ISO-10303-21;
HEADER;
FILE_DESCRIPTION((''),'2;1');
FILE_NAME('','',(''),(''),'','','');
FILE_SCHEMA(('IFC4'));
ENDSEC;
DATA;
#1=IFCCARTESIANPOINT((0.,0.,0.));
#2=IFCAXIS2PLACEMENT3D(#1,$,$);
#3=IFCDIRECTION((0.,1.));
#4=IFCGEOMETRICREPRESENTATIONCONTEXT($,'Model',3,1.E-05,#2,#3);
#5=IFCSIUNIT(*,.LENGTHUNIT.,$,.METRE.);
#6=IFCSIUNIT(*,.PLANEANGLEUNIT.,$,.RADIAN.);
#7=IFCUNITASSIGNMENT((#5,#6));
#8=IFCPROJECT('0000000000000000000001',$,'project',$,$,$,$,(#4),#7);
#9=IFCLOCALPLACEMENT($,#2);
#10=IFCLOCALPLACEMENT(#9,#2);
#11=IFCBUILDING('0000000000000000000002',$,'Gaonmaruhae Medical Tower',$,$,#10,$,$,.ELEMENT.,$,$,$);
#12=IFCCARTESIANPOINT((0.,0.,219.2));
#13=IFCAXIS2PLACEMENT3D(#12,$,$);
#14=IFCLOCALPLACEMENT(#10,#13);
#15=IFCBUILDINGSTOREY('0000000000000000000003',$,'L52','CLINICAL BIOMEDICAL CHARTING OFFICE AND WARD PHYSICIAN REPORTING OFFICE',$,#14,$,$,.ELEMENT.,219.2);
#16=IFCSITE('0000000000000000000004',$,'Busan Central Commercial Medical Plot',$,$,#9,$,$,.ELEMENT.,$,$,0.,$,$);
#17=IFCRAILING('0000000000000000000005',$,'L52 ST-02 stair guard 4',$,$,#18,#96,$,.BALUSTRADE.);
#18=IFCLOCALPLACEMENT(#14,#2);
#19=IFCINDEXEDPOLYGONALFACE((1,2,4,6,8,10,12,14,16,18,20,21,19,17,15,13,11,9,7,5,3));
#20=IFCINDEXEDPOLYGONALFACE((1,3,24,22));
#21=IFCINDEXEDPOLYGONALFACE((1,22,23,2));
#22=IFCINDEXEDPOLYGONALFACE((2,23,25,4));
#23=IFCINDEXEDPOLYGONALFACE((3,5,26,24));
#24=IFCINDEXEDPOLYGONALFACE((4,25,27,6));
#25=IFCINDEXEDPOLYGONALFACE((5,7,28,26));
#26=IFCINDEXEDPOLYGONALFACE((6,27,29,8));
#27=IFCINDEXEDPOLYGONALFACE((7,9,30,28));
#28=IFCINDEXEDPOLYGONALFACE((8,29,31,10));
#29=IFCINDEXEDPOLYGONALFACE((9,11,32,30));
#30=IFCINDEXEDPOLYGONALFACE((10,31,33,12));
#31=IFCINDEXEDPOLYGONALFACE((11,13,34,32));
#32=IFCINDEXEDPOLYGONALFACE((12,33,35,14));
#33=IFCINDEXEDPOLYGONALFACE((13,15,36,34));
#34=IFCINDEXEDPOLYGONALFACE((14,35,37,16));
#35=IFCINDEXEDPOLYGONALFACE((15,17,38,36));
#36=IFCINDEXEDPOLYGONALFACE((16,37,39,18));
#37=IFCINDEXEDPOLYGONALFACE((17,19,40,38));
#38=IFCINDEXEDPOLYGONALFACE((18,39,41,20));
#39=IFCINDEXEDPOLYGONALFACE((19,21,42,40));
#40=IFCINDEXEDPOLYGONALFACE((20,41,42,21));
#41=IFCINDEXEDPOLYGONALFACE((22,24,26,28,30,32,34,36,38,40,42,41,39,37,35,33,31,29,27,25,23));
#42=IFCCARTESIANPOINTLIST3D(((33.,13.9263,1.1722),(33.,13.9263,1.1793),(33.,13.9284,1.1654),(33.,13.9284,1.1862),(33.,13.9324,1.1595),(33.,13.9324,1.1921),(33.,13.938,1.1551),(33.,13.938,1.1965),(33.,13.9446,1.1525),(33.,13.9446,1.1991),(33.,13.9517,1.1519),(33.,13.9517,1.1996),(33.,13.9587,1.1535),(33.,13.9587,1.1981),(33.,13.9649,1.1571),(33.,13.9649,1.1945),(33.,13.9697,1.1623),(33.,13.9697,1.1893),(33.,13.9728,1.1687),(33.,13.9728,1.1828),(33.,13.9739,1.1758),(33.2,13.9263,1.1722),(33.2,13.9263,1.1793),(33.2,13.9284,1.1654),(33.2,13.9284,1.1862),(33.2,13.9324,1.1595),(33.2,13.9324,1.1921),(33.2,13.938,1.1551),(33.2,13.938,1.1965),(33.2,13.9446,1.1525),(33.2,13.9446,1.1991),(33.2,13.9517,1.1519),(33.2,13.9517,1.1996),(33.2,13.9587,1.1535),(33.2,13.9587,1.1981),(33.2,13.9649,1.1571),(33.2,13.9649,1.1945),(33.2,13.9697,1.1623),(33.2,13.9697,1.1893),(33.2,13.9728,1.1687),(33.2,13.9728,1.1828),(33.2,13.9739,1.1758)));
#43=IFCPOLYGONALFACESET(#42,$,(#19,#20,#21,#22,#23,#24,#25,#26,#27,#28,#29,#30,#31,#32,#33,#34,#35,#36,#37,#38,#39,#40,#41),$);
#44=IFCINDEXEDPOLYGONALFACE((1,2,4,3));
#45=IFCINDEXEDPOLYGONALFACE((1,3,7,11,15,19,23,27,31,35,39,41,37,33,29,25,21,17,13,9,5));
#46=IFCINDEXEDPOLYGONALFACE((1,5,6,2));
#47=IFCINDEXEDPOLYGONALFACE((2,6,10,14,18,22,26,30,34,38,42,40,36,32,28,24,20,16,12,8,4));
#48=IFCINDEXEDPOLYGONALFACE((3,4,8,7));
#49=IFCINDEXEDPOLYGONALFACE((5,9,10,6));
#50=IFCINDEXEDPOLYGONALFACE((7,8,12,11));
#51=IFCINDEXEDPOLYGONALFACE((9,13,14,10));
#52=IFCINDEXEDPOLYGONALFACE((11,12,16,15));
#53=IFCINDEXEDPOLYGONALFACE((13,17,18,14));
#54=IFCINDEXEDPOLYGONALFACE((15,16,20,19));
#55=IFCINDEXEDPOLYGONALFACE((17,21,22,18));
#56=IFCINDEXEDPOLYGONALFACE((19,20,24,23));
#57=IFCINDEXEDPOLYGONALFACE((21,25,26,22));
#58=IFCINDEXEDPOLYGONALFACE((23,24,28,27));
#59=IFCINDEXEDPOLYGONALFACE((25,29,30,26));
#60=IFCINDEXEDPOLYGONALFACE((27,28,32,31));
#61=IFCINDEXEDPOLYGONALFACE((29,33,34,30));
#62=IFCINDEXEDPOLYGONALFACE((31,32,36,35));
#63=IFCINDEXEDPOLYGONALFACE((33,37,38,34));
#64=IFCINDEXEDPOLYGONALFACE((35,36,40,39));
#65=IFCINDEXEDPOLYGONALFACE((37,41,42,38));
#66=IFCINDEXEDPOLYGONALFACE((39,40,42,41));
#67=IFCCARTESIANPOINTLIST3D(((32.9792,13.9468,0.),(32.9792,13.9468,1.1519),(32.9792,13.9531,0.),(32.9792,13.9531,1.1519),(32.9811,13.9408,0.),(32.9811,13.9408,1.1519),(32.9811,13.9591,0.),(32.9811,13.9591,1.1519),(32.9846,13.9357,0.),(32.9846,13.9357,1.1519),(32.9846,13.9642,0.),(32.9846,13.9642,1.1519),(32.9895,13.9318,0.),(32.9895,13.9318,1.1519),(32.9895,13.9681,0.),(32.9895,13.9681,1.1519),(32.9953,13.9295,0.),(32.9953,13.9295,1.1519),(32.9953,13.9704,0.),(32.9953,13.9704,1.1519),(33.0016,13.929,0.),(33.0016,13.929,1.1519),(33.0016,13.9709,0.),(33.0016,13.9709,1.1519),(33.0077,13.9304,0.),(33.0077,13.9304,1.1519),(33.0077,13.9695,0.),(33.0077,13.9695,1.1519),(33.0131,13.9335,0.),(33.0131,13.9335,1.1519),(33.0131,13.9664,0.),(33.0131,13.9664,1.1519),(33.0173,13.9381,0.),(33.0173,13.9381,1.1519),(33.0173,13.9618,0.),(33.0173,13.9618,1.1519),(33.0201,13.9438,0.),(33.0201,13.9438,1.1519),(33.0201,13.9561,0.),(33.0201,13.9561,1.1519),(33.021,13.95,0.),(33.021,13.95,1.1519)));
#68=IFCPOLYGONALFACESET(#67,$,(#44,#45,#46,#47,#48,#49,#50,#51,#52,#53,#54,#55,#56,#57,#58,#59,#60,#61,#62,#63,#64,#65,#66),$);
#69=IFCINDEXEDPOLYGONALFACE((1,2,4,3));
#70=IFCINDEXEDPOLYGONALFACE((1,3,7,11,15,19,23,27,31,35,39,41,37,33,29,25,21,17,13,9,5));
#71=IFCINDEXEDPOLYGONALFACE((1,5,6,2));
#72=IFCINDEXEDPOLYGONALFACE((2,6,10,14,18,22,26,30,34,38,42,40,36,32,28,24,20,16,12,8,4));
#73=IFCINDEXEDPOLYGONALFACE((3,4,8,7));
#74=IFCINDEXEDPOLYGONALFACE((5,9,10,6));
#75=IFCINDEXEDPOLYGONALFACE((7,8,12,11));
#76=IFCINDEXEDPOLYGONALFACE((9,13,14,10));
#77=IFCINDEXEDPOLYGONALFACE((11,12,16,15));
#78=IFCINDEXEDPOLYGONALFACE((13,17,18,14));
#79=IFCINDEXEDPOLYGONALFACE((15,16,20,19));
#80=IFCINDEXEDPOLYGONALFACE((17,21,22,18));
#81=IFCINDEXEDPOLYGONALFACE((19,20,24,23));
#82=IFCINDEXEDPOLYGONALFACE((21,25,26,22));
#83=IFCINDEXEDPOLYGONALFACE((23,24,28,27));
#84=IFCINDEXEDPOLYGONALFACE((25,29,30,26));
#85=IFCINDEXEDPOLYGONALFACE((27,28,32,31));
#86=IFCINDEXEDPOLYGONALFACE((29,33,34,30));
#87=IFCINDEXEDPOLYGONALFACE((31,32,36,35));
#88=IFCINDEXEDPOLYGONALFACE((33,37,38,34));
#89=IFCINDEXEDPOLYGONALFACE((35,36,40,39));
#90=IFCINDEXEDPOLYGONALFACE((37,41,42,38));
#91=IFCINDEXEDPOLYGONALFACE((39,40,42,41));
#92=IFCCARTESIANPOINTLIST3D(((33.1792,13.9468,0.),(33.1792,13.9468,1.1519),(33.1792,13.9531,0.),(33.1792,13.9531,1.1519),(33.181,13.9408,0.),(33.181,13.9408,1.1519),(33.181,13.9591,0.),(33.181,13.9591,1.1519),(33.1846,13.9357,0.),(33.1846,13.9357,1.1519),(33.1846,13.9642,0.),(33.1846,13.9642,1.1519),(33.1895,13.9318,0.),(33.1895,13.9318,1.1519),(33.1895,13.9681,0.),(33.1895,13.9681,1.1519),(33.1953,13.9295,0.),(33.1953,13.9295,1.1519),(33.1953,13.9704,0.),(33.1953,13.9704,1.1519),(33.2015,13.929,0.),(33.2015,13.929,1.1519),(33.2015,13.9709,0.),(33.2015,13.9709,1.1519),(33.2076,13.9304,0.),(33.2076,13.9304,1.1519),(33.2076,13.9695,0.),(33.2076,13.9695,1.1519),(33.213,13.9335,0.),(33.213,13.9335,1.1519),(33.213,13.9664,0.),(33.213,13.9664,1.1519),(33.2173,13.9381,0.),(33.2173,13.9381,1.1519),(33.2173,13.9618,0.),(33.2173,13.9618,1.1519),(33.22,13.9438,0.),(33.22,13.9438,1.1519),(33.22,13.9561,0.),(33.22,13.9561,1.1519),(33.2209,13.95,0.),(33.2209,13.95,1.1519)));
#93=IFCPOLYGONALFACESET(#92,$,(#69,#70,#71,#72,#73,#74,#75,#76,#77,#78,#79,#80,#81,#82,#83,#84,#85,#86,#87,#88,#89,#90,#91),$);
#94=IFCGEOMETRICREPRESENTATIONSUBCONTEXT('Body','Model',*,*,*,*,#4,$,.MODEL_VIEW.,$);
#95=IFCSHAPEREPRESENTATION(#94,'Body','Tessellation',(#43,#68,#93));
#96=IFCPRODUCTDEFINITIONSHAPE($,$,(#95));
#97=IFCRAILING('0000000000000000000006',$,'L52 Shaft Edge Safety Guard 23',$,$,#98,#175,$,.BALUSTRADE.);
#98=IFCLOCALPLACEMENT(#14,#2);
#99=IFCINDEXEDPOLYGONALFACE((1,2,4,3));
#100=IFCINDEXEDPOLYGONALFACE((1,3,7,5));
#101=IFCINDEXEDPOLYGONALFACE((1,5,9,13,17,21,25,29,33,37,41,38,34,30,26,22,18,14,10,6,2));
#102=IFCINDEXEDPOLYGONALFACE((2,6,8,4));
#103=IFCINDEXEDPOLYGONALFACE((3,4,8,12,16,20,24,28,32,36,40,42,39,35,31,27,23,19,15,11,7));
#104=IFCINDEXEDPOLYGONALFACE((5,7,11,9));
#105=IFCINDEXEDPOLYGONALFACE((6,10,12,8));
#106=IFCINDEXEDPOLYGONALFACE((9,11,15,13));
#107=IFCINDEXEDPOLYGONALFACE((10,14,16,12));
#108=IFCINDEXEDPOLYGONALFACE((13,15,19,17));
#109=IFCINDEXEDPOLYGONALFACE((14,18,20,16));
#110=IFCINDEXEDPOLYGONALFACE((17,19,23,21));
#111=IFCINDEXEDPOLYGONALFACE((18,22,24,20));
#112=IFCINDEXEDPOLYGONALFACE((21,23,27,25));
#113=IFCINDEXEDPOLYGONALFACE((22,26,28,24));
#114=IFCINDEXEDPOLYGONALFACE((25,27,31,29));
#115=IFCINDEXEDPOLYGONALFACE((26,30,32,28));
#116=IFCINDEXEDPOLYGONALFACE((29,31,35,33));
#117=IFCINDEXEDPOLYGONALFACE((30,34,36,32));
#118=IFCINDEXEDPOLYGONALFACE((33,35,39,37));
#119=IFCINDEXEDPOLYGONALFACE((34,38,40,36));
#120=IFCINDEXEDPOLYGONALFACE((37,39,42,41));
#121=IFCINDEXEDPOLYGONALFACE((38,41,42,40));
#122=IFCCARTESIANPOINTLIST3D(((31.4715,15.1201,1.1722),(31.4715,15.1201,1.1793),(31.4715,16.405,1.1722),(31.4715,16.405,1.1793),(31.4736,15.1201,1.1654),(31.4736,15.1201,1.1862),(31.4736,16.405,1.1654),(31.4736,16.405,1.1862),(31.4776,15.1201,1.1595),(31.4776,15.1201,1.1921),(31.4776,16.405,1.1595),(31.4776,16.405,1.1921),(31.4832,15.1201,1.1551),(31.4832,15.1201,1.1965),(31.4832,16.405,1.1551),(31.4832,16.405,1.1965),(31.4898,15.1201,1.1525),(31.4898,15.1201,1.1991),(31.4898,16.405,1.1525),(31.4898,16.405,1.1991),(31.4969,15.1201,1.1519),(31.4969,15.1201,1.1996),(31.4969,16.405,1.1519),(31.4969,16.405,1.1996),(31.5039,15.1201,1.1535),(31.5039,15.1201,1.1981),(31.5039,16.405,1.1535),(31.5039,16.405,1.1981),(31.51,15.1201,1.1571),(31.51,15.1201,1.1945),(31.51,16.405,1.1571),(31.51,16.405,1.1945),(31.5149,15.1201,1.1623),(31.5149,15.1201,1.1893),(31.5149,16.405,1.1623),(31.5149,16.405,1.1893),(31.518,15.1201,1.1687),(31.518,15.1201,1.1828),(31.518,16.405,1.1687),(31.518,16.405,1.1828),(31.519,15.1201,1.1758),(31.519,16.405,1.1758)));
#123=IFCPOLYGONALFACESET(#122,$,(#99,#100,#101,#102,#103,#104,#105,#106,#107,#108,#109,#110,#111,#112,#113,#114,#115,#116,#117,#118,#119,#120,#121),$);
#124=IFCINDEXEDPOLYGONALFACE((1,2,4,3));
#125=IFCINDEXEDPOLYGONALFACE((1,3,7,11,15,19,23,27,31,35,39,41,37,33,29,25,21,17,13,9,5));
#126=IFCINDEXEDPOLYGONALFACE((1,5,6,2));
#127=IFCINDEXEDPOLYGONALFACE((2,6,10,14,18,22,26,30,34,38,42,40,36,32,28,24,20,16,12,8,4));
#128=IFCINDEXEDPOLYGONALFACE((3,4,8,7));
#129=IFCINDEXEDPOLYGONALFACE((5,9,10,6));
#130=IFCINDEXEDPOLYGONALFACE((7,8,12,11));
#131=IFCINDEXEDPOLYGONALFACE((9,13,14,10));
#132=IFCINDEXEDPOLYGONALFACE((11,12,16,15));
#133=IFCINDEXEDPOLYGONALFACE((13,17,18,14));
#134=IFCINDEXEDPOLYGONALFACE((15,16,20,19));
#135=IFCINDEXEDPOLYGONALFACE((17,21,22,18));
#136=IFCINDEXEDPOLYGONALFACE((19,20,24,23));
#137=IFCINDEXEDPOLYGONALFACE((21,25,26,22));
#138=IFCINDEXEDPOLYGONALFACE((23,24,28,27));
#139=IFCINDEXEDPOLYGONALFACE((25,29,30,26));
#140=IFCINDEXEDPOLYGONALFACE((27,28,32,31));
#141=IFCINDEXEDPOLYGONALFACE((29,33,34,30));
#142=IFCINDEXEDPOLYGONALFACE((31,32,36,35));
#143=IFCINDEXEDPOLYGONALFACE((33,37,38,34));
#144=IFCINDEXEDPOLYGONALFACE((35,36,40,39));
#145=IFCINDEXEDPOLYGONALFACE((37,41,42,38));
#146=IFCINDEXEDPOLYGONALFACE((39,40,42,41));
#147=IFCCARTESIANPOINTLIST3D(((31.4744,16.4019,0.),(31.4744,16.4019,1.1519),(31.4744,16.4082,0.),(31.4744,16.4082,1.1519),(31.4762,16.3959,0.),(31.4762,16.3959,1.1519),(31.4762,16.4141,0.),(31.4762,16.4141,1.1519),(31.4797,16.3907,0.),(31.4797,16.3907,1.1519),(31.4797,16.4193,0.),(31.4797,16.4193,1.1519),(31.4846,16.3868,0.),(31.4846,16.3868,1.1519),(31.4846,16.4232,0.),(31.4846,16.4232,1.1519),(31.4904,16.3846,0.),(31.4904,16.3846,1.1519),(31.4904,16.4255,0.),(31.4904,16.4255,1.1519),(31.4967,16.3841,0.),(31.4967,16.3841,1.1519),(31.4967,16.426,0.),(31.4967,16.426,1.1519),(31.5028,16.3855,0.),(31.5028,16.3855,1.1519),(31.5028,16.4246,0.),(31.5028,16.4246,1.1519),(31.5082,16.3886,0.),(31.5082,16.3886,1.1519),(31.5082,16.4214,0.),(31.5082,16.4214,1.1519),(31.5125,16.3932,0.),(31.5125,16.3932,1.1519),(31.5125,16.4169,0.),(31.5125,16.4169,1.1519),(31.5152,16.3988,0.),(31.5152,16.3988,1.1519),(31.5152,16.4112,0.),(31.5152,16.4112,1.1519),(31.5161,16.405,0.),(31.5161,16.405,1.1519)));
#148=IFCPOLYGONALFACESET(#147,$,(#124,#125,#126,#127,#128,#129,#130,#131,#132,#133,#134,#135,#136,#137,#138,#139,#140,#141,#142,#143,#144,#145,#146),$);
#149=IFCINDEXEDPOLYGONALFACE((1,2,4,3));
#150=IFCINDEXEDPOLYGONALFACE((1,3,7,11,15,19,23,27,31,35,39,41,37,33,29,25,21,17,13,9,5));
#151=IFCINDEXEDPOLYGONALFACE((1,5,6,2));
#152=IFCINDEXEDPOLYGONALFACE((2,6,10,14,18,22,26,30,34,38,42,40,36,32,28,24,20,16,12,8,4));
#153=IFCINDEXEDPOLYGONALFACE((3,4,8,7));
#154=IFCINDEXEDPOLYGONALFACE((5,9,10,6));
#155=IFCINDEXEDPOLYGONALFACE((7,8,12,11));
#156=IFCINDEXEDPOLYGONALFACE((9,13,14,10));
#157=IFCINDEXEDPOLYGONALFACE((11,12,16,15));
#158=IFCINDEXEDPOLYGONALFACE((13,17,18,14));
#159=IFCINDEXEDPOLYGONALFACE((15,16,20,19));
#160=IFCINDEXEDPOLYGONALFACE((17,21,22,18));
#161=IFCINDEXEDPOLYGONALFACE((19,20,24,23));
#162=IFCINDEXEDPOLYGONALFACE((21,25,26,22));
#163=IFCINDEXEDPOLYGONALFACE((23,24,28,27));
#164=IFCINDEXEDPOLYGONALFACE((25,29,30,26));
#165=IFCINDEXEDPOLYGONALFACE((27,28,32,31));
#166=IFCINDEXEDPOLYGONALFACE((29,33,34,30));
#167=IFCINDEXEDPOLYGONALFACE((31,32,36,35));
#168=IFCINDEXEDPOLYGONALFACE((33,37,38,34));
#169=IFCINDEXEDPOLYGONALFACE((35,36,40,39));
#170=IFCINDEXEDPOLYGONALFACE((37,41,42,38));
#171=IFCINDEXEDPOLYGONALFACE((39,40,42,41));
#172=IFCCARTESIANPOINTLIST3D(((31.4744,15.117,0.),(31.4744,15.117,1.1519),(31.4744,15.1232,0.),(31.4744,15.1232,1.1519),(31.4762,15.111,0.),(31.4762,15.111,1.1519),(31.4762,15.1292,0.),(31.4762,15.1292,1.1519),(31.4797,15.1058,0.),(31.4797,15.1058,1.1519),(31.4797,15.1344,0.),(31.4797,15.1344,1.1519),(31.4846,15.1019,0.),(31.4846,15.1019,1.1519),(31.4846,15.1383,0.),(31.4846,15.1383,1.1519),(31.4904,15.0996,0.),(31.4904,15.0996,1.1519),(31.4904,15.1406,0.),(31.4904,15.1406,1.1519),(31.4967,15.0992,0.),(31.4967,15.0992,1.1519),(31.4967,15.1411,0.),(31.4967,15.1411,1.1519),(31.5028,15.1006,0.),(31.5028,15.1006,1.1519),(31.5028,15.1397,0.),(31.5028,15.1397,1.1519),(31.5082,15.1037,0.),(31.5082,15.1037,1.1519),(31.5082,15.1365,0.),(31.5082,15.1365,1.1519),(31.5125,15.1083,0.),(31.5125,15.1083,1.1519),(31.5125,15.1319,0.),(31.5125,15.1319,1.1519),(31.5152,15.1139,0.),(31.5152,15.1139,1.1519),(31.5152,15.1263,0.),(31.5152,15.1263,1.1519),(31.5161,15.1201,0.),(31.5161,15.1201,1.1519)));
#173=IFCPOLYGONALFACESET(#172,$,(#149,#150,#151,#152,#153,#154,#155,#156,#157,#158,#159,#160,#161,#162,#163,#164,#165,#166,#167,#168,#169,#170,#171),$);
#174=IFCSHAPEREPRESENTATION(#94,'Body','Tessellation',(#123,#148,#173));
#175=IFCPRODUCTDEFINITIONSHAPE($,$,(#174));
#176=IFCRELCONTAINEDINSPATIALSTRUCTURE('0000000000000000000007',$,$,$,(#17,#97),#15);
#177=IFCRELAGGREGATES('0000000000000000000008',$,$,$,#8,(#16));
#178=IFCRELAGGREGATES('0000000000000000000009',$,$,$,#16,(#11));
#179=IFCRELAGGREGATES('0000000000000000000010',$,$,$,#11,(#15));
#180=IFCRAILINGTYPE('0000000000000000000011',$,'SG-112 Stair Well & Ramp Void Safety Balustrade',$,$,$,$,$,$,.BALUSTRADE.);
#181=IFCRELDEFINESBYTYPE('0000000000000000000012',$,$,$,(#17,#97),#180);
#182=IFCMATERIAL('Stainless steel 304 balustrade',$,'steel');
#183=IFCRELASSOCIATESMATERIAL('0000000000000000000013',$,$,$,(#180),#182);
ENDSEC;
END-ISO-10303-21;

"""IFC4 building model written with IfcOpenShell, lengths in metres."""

from ifc_helpers import new_model, si_unit, direction, frame, origin, origin_2d, place, context, subcontext, project, spatial, circle, extrude, material, type_object, element, save


model = new_model("IFC4")

# Units and contexts
model_context = context("Model", 3, precision=1e-05, world=origin(), true_north=direction((0.0, 1.0)))
body_context = subcontext(model_context, "Body", "Model", "MODEL_VIEW")
ifc_project = project(units=[si_unit("LENGTHUNIT", "METRE"), si_unit("PLANEANGLEUNIT", "RADIAN")], contexts=[model_context])

# Site, building, storey
site_placement = place(None, origin())
site = spatial("IfcSite", under=ifc_project, at=site_placement, Name="Busan Central Commercial Medical Plot", CompositionType="ELEMENT", RefElevation=0.0)
building_placement = place(site_placement, origin())
building = spatial("IfcBuilding", under=site, at=building_placement, Name="Gaonmaruhae Medical Tower", CompositionType="ELEMENT")
storey_placement = place(building_placement, frame((0.0, 0.0, 219.2)))
storey = spatial("IfcBuildingStorey", under=building, at=storey_placement, Name="L52", Description="CLINICAL BIOMEDICAL CHARTING OFFICE AND WARD PHYSICIAN REPORTING OFFICE", CompositionType="ELEMENT", Elevation=219.2)

# Railings
ifc_material_1 = material(Name="Stainless steel 304 balustrade", Category="steel")
railing_type_1 = type_object("IfcRailingType", Name="SG-112 Stair Well & Ramp Void Safety Balustrade", PredefinedType="BALUSTRADE", material=ifc_material_1)
railing_1_placement = place(storey_placement, frame((33.0, 13.95, 0.0)))
element("IfcRailing", 1, at=railing_1_placement, inside=storey, type_object=railing_type_1, Name="L52 ST-02 stair guard 4", PredefinedType="BALUSTRADE", context=body_context, shape_type="SweptSolid", body=[
    extrude(circle(Radius=0.0239, at=origin_2d()), frame((0.0, 0.0, 1.1758), z_axis=(1.0, 0.0, 0.0), x_axis=(0.0, 1.0, 0.0)), (0.0, 0.0, 1.0), 0.2),
    extrude(circle(Radius=0.021, at=origin_2d()), origin(), (0.0, 0.0, 1.0), 1.1519),
    extrude(circle(Radius=0.021, at=origin_2d()), frame((0.2, 0.0, 0.0)), (0.0, 0.0, 1.0), 1.1519),
])
railing_2_placement = place(storey_placement, frame((31.4951, 16.405, 0.0)))
element("IfcRailing", 2, at=railing_2_placement, inside=storey, type_object=railing_type_1, Name="L52 Shaft Edge Safety Guard 23", PredefinedType="BALUSTRADE", context=body_context, shape_type="SweptSolid", body=[
    extrude(circle(Radius=0.0239, at=origin_2d()), frame((0.0, 0.0, 1.1758), z_axis=(0.0, -1.0, 0.0), x_axis=(1.0, 0.0, 0.0)), (0.0, 0.0, 1.0), 1.2849),
    extrude(circle(Radius=0.021, at=origin_2d()), origin(), (0.0, 0.0, 1.0), 1.1519),
    extrude(circle(Radius=0.021, at=origin_2d()), frame((0.0, -1.2849, 0.0)), (0.0, 0.0, 1.0), 1.1519),
])

save(model, "model.ifc")
